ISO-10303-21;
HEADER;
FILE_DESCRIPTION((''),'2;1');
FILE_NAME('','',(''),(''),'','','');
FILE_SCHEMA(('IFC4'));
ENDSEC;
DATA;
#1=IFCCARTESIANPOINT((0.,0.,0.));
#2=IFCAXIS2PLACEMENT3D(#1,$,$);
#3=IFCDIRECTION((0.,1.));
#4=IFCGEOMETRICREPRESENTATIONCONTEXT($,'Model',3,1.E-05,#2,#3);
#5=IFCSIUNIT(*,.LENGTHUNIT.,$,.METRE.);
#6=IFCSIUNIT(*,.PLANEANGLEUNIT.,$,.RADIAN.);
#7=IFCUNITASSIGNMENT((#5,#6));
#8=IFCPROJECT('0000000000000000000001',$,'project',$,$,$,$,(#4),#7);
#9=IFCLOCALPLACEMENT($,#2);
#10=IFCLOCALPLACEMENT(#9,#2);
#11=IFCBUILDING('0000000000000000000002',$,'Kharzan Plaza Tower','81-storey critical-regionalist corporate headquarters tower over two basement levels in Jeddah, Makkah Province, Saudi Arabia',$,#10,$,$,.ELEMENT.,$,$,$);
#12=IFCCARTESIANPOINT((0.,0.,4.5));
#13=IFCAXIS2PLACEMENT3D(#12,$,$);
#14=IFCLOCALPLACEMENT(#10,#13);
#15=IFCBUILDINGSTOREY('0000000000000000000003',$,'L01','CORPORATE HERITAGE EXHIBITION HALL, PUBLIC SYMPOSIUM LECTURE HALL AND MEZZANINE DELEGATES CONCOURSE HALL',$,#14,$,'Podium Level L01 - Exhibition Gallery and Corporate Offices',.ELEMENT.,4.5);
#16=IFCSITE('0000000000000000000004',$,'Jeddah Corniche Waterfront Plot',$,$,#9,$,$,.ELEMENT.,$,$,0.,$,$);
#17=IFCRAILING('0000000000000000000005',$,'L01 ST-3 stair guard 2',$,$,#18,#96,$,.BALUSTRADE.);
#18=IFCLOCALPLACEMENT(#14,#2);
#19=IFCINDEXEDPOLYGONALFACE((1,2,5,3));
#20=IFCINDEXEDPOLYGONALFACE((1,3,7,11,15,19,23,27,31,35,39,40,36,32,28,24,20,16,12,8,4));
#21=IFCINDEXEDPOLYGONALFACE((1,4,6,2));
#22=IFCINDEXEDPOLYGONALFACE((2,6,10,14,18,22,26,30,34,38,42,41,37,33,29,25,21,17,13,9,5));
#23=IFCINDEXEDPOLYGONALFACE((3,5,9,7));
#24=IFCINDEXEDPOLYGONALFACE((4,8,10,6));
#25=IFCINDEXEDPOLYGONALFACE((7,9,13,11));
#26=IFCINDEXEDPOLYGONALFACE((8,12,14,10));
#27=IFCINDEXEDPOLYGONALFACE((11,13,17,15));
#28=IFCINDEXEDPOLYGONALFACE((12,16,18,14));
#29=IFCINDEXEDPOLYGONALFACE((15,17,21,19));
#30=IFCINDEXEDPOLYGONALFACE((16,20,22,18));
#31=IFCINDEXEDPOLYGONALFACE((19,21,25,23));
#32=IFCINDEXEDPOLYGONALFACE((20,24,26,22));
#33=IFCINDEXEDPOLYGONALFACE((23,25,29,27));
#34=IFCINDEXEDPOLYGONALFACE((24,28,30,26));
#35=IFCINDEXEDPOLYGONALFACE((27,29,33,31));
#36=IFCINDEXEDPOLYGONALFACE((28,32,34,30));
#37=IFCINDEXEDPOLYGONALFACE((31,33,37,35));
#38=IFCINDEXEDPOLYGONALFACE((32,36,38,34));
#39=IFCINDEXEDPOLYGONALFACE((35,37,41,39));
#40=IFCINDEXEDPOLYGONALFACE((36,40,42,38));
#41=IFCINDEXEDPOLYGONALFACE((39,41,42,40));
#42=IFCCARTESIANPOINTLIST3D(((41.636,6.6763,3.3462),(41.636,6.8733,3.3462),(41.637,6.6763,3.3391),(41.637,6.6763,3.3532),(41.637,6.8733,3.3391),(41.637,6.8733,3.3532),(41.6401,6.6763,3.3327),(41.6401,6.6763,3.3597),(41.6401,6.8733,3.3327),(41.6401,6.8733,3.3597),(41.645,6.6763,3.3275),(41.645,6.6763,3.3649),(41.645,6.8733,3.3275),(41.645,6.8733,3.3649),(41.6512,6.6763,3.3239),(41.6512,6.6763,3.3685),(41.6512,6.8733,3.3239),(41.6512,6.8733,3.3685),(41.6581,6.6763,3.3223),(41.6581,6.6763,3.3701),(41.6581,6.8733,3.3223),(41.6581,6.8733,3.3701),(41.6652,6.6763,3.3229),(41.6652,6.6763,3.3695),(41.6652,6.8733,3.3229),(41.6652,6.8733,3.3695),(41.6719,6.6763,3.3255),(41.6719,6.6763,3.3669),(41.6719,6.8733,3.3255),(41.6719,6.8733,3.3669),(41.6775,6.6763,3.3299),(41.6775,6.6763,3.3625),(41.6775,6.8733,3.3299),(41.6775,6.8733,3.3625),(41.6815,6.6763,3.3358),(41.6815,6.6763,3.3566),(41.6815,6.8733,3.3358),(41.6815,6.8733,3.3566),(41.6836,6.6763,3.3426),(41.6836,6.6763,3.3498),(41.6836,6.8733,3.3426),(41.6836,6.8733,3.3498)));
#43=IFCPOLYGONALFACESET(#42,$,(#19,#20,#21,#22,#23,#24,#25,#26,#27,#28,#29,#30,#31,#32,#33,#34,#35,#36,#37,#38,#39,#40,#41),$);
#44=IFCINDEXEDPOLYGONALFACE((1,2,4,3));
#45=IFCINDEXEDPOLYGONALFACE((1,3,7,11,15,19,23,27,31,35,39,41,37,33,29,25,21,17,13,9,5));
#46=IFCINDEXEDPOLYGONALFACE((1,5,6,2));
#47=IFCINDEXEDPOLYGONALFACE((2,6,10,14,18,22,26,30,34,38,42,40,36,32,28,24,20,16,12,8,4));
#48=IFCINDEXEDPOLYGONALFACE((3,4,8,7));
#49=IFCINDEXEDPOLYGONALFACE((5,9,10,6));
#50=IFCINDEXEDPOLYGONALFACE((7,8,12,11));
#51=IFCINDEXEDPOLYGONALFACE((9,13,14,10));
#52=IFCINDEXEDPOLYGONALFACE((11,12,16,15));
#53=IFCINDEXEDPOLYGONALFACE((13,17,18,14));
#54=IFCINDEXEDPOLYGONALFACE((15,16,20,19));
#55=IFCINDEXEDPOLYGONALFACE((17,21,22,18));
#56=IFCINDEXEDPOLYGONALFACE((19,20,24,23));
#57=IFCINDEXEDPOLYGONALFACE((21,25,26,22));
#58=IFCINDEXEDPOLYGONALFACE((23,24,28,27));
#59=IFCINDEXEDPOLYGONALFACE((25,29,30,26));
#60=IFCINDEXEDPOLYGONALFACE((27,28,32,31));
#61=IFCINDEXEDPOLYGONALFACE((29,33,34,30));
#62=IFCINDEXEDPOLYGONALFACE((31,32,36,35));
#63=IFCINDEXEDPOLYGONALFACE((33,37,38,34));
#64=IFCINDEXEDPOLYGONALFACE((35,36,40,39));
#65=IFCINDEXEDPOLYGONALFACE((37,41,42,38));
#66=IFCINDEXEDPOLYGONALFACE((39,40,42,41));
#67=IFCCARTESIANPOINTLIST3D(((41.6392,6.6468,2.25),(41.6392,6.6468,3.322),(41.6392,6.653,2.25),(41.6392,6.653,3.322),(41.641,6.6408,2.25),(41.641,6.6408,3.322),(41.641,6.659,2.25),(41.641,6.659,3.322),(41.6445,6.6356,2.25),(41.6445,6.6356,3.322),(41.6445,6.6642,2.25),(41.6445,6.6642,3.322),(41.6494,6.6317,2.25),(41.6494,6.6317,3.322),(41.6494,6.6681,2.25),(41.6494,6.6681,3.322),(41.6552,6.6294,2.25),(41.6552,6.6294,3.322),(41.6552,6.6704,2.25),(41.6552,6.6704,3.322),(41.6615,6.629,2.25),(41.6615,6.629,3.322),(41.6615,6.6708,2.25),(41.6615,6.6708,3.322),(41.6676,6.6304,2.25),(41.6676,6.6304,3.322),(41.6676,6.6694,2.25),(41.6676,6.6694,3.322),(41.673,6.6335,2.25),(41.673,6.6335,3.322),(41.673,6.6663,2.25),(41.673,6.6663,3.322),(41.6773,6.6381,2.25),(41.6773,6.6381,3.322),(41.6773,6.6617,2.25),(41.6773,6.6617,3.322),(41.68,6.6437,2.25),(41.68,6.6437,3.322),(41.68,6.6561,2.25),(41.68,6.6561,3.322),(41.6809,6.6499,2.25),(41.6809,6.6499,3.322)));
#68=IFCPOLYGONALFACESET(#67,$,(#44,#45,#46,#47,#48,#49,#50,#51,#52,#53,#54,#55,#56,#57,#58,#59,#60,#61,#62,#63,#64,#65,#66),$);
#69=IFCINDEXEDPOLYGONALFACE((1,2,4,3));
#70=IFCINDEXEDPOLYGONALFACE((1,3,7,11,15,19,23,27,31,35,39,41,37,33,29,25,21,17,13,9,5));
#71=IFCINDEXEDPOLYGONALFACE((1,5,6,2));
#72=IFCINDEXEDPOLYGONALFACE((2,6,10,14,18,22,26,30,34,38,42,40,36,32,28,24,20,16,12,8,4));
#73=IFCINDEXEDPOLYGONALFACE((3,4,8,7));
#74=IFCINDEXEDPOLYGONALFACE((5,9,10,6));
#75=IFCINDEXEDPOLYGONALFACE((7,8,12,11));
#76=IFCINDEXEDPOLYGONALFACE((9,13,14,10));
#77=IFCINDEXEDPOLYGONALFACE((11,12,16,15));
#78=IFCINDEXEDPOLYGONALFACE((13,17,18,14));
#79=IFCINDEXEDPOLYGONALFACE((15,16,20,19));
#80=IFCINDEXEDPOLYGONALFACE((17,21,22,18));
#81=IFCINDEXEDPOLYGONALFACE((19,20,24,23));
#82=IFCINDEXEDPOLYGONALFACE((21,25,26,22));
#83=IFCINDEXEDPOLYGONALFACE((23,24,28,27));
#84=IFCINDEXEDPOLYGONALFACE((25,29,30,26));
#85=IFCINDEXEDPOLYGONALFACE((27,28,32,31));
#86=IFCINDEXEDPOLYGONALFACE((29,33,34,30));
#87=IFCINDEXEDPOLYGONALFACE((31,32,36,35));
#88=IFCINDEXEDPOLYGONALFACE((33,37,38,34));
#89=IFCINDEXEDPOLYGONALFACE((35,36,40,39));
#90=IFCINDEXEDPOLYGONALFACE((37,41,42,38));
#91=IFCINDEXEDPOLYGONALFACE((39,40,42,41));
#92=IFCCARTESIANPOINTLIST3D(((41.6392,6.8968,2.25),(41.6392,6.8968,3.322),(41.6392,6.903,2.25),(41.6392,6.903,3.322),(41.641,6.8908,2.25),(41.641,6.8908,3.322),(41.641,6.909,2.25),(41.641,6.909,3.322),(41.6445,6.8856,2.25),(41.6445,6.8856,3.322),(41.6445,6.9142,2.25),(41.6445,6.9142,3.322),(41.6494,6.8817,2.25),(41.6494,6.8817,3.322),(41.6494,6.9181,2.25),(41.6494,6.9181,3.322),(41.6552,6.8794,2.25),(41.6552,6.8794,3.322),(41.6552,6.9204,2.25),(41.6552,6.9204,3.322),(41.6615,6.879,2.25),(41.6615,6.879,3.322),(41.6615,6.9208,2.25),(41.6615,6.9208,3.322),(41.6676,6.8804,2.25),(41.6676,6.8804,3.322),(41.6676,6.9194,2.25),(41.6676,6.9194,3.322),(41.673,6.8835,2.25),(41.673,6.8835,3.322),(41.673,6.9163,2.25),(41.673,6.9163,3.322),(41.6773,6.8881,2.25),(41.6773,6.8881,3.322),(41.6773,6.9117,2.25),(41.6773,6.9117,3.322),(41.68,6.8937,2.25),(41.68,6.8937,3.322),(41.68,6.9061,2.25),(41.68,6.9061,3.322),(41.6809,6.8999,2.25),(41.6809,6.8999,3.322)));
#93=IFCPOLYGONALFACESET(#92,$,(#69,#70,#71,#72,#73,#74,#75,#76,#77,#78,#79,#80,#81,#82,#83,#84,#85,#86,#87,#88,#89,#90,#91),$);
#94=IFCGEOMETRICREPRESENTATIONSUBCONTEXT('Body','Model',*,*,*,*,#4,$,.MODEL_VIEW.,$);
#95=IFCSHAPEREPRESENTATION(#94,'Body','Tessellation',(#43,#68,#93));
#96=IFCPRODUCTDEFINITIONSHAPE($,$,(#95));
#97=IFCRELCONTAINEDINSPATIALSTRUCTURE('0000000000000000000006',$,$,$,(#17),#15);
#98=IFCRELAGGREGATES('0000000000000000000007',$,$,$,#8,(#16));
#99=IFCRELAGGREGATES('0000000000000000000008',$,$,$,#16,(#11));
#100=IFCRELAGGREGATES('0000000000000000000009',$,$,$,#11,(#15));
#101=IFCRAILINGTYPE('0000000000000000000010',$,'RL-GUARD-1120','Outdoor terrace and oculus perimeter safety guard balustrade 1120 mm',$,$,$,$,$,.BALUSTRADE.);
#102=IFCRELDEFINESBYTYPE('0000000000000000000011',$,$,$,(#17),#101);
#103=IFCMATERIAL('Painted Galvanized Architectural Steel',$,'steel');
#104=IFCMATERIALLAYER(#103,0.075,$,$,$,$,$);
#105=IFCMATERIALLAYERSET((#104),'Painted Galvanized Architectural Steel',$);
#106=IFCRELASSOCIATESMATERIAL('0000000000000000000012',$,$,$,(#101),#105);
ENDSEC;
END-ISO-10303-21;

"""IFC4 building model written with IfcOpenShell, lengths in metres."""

from ifc_helpers import new_model, si_unit, direction, frame, origin, origin_2d, place, context, subcontext, project, spatial, circle, extrude, source, transform, mapped, material, layer, layer_set, type_object, element, save


model = new_model("IFC4")

# Units and contexts
model_context = context("Model", 3, precision=1e-05, world=origin(), true_north=direction((0.0, 1.0)))
body_context = subcontext(model_context, "Body", "Model", "MODEL_VIEW")
ifc_project = project(units=[si_unit("LENGTHUNIT", "METRE"), si_unit("PLANEANGLEUNIT", "RADIAN")], contexts=[model_context])

# Site, building, storey
site_placement = place(None, origin())
site = spatial("IfcSite", under=ifc_project, at=site_placement, Name="Jeddah Corniche Waterfront Plot", CompositionType="ELEMENT", RefElevation=0.0)
building_placement = place(site_placement, origin())
building = spatial("IfcBuilding", under=site, at=building_placement, Name="Kharzan Plaza Tower", Description="81-storey critical-regionalist corporate headquarters tower over two basement levels in Jeddah, Makkah Province, Saudi Arabia", CompositionType="ELEMENT")
storey_placement = place(building_placement, frame((0.0, 0.0, 4.5)))
storey = spatial("IfcBuildingStorey", under=building, at=storey_placement, Name="L01", Description="CORPORATE HERITAGE EXHIBITION HALL, PUBLIC SYMPOSIUM LECTURE HALL AND MEZZANINE DELEGATES CONCOURSE HALL", LongName="Podium Level L01 - Exhibition Gallery and Corporate Offices", CompositionType="ELEMENT", Elevation=4.5)

# Railing
ifc_material_1 = material(Name="Painted Galvanized Architectural Steel", Category="steel")
ifc_layer_1 = layer(ifc_material_1, 0.075)
ifc_layer_set_1 = layer_set([ifc_layer_1], Name="Painted Galvanized Architectural Steel")
railing_type_1 = type_object("IfcRailingType", Name="RL-GUARD-1120", Description="Outdoor terrace and oculus perimeter safety guard balustrade 1120 mm", PredefinedType="BALUSTRADE", material=ifc_layer_set_1)
shared_shape_1 = source(origin(), body_context, "Body", "SweptSolid", [
    extrude(circle(Radius=0.0239, at=origin_2d()), frame((0.0, 0.0264, 1.0962), z_axis=(0.0, 1.0, 0.0), x_axis=(-1.0, 0.0, 0.0)), (0.0, 0.0, 1.0), 0.197),
    extrude(circle(Radius=0.021, at=origin_2d()), origin(), (0.0, 0.0, 1.0), 1.072),
    extrude(circle(Radius=0.021, at=origin_2d()), frame((0.0, 0.25, 0.0)), (0.0, 0.0, 1.0), 1.072),
])
railing_1_placement = place(storey_placement, frame((41.6599, 6.6499, 2.25)))
element("IfcRailing", 1, at=railing_1_placement, inside=storey, type_object=railing_type_1, Name="L01 ST-3 stair guard 2", PredefinedType="BALUSTRADE", context=body_context, shape_type="MappedRepresentation", body=[
    mapped(shared_shape_1, transform((0.0, 0.0, 0.0), x_axis=(1.0, 0.0, 0.0), y_axis=(0.0, 1.0, 0.0), z_axis=(0.0, 0.0, 1.0))),
])

save(model, "model.ifc")
